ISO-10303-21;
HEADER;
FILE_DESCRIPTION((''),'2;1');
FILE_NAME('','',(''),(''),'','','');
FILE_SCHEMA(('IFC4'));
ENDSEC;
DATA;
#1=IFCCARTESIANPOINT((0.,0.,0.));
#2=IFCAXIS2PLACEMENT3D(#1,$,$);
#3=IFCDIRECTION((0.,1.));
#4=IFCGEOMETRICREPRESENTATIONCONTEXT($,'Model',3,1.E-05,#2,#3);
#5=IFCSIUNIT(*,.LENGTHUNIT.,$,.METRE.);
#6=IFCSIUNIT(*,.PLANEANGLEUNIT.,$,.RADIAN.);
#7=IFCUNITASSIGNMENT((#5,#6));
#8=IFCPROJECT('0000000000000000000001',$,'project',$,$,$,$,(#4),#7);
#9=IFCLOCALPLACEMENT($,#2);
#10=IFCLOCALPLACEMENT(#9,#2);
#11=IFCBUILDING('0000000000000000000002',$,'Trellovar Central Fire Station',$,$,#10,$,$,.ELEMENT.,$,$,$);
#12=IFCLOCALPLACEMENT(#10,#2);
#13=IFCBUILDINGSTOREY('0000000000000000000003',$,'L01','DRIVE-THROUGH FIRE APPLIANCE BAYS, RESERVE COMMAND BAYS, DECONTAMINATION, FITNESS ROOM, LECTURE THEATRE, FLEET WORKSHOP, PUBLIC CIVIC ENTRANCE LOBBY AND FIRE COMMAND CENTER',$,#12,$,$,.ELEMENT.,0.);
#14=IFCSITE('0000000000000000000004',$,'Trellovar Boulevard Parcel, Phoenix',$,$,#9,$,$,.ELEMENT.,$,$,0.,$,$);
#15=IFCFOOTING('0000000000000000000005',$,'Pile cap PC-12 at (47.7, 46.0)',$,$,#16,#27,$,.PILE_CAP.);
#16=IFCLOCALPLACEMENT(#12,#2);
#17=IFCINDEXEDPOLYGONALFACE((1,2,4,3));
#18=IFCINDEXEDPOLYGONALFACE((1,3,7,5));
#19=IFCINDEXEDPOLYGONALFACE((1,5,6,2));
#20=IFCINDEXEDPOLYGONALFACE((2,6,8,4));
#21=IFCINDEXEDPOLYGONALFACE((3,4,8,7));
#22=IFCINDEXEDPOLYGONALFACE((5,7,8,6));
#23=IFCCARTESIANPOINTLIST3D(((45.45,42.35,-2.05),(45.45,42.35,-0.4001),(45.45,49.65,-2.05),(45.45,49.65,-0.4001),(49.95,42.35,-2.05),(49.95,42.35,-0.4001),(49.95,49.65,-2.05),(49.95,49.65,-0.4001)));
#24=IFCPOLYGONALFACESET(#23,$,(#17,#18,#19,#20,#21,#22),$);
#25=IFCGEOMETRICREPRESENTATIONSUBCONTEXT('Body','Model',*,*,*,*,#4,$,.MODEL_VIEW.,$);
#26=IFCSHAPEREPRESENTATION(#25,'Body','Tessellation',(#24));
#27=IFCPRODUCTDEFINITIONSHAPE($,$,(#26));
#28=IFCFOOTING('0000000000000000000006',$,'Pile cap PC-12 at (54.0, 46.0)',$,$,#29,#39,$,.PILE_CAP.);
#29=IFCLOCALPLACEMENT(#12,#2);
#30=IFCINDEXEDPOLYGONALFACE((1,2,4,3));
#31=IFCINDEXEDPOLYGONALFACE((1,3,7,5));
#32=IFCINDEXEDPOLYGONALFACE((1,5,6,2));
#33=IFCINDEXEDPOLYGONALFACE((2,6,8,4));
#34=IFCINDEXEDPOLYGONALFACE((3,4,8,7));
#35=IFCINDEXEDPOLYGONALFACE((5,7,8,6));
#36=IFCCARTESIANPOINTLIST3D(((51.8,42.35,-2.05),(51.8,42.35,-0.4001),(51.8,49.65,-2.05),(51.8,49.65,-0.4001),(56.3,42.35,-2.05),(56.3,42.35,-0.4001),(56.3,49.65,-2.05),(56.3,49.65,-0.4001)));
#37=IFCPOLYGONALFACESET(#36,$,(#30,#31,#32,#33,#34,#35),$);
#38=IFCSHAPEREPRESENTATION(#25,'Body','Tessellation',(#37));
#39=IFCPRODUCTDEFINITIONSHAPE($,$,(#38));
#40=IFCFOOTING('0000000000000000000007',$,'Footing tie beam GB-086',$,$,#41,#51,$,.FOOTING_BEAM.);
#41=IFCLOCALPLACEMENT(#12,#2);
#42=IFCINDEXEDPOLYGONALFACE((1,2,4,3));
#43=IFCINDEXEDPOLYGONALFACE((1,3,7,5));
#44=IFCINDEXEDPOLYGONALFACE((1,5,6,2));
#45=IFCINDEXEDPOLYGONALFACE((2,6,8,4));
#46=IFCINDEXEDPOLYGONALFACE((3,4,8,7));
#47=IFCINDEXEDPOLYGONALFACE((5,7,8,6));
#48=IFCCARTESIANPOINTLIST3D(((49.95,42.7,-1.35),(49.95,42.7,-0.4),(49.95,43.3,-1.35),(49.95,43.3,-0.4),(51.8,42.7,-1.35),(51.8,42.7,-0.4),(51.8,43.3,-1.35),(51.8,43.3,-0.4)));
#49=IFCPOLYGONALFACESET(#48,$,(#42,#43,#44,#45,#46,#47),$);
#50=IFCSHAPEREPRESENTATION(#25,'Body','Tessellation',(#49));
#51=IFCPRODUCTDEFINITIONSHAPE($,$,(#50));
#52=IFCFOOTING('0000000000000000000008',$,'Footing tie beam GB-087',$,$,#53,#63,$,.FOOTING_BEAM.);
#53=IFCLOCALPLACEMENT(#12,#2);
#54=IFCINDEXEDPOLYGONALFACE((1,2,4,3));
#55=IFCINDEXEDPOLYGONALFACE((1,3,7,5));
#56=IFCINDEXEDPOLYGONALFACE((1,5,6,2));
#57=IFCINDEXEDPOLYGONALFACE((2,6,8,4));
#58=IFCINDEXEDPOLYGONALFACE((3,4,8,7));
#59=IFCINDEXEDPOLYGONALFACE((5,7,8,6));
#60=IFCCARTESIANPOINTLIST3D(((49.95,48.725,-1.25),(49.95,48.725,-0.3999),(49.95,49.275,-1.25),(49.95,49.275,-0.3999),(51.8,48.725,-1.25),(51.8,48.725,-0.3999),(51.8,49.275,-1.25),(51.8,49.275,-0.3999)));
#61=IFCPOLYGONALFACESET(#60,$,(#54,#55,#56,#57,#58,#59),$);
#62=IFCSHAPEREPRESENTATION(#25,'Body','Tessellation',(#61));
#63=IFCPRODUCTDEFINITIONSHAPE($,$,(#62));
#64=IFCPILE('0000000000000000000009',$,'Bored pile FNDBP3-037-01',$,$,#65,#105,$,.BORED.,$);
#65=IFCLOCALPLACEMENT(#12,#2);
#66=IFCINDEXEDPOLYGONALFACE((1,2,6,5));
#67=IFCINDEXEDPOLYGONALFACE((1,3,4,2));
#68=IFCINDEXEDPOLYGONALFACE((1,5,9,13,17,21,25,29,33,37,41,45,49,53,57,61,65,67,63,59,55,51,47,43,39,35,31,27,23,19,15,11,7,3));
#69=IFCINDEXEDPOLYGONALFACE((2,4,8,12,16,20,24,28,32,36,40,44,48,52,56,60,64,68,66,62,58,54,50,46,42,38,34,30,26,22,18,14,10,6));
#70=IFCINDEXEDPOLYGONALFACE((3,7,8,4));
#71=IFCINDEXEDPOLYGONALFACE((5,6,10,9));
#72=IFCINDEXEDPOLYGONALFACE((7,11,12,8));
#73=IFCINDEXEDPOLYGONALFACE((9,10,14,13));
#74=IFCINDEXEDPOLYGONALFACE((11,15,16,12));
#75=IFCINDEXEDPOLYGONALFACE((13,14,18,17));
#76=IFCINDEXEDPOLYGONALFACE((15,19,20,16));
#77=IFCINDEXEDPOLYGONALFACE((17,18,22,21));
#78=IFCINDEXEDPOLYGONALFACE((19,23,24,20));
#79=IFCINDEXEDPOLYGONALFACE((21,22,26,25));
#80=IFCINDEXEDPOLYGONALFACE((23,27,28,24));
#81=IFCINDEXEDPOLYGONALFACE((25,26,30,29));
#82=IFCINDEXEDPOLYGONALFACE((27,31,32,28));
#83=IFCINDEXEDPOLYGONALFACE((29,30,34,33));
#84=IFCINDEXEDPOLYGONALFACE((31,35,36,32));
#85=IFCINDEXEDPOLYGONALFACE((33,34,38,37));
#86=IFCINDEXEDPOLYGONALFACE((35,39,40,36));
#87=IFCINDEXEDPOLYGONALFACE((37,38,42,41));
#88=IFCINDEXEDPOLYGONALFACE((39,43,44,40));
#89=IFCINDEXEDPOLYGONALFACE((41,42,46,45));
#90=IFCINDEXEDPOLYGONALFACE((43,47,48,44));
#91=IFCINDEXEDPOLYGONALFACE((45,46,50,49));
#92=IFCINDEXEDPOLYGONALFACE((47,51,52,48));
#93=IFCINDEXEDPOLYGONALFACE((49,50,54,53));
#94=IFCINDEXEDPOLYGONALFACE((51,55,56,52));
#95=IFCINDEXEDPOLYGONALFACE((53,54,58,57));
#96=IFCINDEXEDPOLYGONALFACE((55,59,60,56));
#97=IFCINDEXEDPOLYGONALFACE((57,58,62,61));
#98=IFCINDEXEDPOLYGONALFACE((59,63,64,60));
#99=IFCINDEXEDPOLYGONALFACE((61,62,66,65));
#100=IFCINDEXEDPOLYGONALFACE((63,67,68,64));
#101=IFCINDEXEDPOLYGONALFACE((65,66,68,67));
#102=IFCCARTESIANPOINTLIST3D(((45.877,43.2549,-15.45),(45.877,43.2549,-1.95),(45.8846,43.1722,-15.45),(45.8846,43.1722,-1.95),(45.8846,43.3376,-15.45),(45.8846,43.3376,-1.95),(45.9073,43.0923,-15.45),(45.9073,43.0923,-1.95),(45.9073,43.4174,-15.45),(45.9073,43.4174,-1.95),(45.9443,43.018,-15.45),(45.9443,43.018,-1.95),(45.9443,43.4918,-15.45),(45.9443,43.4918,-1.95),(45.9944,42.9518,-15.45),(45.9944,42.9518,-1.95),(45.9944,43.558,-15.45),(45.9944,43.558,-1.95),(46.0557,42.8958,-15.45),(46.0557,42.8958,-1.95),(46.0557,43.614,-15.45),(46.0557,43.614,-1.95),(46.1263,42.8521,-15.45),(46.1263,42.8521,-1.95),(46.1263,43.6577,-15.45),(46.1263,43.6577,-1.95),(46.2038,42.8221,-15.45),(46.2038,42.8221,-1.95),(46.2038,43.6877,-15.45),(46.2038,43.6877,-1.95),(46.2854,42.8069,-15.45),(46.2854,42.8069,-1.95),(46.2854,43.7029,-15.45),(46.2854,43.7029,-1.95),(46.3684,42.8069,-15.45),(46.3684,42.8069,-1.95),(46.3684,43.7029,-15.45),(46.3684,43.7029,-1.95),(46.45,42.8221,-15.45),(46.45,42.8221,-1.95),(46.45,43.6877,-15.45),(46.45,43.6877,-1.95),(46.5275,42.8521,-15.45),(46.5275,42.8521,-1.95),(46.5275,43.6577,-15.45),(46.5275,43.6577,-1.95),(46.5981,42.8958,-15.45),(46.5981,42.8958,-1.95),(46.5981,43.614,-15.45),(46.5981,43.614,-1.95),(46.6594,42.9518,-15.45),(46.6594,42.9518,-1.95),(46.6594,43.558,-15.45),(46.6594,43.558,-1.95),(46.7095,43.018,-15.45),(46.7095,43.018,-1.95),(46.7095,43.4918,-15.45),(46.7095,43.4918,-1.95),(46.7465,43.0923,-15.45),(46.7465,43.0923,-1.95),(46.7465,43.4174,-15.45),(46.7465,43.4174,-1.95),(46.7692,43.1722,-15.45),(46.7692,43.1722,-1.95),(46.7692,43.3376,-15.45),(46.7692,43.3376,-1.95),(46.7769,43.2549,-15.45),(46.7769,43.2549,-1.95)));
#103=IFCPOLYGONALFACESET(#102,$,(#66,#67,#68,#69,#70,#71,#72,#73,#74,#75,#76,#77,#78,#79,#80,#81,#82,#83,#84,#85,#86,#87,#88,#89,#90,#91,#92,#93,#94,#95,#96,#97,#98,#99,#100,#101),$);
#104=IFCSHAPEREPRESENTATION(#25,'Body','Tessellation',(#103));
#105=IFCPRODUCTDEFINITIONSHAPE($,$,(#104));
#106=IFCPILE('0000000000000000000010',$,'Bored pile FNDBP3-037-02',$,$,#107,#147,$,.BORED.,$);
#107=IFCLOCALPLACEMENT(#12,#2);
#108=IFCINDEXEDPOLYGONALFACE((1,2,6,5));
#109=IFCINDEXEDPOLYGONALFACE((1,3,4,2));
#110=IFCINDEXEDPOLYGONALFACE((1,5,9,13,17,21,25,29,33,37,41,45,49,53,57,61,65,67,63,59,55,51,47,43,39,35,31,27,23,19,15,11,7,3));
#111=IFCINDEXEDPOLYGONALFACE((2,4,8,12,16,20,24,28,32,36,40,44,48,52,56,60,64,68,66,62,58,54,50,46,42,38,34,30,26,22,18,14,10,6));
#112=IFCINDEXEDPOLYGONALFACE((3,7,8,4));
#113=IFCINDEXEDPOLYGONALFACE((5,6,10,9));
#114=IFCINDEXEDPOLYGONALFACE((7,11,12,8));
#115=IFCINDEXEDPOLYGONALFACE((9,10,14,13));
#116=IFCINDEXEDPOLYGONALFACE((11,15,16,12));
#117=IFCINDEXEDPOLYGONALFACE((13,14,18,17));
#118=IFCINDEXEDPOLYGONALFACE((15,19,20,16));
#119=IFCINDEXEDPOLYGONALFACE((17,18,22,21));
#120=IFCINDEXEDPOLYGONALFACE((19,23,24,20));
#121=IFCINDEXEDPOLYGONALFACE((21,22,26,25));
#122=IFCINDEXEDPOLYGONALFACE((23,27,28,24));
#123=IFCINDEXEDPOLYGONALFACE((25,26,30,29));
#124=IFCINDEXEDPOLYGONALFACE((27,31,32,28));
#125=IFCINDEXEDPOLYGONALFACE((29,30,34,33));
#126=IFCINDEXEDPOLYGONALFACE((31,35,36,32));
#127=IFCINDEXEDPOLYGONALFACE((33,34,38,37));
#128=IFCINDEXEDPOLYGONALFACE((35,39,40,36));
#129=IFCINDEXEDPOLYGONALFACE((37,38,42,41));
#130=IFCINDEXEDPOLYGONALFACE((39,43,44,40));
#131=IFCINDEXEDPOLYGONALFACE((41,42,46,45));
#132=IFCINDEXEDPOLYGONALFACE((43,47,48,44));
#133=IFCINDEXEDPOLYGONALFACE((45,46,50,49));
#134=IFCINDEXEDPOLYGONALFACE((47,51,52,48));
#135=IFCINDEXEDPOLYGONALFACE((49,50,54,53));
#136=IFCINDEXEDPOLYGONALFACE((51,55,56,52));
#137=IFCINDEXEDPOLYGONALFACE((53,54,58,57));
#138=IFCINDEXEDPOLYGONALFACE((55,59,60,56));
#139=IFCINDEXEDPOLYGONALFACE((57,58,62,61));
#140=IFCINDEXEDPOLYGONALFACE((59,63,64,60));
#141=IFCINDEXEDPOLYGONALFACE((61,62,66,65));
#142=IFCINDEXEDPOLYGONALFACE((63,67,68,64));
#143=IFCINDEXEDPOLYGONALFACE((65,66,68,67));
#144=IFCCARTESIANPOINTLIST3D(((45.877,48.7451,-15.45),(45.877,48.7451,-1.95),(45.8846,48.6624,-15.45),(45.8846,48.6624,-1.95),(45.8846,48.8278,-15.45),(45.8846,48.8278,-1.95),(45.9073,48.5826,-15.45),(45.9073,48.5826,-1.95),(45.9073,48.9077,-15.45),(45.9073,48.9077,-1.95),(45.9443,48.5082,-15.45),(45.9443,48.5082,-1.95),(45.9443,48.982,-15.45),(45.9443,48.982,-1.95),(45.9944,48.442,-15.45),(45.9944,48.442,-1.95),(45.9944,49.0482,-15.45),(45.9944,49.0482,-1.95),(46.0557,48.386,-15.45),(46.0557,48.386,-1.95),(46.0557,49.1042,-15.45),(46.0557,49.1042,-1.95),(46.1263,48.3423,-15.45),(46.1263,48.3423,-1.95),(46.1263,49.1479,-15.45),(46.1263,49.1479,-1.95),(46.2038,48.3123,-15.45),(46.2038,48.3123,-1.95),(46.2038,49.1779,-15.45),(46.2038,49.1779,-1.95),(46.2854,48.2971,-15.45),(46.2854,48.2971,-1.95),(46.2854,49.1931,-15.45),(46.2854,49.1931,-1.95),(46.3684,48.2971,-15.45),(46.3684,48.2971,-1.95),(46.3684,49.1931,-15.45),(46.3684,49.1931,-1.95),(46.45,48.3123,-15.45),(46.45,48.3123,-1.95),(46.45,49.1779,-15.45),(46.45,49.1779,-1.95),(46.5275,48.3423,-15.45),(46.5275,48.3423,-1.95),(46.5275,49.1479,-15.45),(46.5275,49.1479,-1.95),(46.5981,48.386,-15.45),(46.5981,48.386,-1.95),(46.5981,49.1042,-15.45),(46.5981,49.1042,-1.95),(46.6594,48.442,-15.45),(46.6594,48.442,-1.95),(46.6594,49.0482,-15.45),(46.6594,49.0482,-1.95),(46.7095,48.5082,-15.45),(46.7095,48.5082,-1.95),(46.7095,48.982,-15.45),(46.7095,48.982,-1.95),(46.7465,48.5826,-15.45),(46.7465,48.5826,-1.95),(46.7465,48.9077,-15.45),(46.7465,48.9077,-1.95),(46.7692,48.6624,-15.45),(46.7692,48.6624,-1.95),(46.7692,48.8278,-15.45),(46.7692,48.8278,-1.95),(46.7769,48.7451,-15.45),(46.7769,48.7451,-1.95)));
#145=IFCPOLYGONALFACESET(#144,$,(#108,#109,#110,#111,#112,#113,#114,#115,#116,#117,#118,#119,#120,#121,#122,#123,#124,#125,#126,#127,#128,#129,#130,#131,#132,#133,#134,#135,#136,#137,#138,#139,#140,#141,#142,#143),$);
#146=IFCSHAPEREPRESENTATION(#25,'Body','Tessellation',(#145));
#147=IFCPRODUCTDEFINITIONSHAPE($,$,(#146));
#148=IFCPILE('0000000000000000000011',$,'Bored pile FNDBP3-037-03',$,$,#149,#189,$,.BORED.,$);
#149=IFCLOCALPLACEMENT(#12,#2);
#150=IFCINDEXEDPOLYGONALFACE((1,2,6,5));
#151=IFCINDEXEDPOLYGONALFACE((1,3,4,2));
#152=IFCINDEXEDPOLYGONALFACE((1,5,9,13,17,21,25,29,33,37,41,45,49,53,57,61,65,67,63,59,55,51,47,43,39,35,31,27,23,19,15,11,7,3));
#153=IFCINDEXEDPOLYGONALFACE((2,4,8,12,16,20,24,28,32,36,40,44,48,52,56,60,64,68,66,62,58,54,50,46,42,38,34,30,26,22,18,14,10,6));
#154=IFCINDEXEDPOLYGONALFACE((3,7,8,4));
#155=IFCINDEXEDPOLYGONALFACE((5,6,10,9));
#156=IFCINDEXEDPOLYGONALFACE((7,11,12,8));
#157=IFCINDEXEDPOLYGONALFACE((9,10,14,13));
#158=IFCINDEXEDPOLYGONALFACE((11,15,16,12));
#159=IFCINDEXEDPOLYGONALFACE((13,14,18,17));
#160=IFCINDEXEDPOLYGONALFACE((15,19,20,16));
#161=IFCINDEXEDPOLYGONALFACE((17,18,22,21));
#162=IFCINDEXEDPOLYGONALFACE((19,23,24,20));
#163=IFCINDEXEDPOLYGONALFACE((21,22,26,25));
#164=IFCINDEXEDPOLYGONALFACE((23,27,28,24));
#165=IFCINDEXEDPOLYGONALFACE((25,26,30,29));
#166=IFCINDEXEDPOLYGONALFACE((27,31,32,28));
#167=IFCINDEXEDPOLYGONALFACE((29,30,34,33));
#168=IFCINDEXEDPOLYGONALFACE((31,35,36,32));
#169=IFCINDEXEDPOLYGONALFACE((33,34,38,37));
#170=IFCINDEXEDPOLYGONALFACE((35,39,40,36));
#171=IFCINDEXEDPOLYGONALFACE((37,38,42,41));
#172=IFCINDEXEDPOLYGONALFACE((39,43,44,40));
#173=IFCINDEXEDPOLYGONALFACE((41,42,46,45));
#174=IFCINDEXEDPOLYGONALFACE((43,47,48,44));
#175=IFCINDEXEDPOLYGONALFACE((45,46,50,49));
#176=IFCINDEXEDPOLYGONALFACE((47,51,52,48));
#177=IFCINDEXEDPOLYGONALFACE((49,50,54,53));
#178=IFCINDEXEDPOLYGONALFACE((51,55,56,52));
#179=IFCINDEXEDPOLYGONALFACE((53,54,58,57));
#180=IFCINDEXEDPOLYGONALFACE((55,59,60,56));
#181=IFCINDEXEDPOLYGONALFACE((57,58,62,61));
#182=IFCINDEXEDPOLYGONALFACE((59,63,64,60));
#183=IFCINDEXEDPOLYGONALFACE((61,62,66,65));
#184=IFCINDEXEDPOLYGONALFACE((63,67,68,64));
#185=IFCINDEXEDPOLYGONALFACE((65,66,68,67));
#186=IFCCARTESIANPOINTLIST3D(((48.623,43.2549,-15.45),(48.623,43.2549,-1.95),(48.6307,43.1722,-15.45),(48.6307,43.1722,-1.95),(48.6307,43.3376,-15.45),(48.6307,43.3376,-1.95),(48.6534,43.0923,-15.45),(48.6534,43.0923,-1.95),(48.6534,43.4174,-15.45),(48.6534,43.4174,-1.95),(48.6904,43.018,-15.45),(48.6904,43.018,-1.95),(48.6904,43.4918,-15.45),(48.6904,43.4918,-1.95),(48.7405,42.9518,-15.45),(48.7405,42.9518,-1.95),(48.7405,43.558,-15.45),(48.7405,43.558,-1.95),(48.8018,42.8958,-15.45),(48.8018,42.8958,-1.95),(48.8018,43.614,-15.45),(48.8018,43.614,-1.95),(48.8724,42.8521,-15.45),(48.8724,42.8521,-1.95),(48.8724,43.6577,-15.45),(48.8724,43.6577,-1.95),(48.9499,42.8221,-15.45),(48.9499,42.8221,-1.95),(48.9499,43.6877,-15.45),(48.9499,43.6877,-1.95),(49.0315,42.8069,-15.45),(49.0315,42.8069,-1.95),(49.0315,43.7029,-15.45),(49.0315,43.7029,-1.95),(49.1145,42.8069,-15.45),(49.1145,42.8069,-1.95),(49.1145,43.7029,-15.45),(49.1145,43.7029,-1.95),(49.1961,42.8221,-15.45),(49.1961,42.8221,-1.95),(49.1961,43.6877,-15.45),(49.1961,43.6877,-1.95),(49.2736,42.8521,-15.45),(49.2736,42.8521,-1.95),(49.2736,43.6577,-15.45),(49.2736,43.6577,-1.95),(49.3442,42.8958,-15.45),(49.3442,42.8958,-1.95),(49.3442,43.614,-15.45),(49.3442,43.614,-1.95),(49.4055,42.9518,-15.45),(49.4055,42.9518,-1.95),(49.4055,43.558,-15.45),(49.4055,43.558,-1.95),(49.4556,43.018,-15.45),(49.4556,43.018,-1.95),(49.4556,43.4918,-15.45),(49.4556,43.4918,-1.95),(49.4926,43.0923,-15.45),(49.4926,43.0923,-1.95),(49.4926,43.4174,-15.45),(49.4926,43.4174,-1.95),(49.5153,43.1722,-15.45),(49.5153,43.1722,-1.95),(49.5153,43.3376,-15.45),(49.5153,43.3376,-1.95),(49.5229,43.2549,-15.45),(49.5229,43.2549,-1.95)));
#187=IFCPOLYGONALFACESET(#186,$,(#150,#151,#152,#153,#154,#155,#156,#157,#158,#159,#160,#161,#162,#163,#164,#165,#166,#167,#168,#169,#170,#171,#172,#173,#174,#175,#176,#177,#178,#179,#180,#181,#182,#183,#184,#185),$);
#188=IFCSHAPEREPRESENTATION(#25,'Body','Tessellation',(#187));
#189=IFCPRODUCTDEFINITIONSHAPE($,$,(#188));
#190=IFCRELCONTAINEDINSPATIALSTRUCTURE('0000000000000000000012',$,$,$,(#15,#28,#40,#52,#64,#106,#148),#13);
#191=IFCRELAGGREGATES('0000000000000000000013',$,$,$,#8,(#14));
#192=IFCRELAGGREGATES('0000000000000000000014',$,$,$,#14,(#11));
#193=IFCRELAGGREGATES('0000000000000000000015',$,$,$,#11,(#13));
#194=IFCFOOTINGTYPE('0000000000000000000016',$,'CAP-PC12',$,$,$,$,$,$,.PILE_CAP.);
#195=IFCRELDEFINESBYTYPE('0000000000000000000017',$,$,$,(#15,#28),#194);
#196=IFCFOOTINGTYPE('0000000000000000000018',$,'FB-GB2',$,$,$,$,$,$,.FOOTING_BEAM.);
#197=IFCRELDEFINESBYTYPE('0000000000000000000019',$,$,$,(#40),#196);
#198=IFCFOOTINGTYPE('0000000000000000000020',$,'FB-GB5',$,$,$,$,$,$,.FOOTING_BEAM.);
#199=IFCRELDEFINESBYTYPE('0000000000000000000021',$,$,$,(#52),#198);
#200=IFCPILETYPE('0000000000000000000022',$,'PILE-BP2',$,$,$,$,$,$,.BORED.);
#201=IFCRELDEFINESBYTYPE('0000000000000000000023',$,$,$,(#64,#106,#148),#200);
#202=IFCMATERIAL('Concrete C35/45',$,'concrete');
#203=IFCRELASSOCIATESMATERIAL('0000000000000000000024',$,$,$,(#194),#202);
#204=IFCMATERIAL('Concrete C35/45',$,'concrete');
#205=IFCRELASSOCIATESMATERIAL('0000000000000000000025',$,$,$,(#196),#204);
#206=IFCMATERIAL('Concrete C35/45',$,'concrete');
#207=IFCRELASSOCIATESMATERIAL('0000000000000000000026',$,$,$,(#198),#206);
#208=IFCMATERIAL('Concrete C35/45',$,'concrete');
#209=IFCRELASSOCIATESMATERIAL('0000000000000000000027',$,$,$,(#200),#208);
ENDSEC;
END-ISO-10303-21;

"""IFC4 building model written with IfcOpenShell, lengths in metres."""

from ifc_helpers import new_model, si_unit, direction, frame, origin, origin_2d, place, context, subcontext, project, spatial, rectangle, circle, extrude, material, material_profile, profile_set, type_object, element, save


model = new_model("IFC4")

# Units and contexts
model_context = context("Model", 3, precision=1e-05, world=origin(), true_north=direction((0.0, 1.0)))
body_context = subcontext(model_context, "Body", "Model", "MODEL_VIEW")
ifc_project = project(units=[si_unit("LENGTHUNIT", "METRE"), si_unit("PLANEANGLEUNIT", "RADIAN")], contexts=[model_context])

# Site, building, storey
site_placement = place(None, origin())
site = spatial("IfcSite", under=ifc_project, at=site_placement, Name="Trellovar Boulevard Parcel, Phoenix", CompositionType="ELEMENT", RefElevation=0.0)
building_placement = place(site_placement, origin())
building = spatial("IfcBuilding", under=site, at=building_placement, Name="Trellovar Central Fire Station", CompositionType="ELEMENT")
storey_placement = place(building_placement, origin())
storey = spatial("IfcBuildingStorey", under=building, at=storey_placement, Name="L01", Description="DRIVE-THROUGH FIRE APPLIANCE BAYS, RESERVE COMMAND BAYS, DECONTAMINATION, FITNESS ROOM, LECTURE THEATRE, FLEET WORKSHOP, PUBLIC CIVIC ENTRANCE LOBBY AND FIRE COMMAND CENTER", CompositionType="ELEMENT", Elevation=0.0)

# Footings
ifc_material_1 = material(Name="Concrete C35/45", Category="concrete")
footing_type_1 = type_object("IfcFootingType", Name="CAP-PC12", PredefinedType="PILE_CAP", material=ifc_material_1)
for number, where, z_axis, x_axis, name in (
    (1, (47.7, 46.0, -2.05), (0.0, 0.0, 1.0), (1.0, 0.0, 0.0), "Pile cap PC-12 at (47.7, 46.0)"),
    (2, (54.05, 46.0, -2.05), (0.0, 0.0, 1.0), (1.0, 0.0, 0.0), "Pile cap PC-12 at (54.0, 46.0)"),
):
    element("IfcFooting", number, at=place(storey_placement, frame(where, z_axis=z_axis, x_axis=x_axis)), inside=storey, type_object=footing_type_1, Name=name, PredefinedType="PILE_CAP", context=body_context, shape_type="SweptSolid", body=[
        extrude(rectangle(XDim=4.5, YDim=7.3, at=origin_2d()), origin(), (0.0, 0.0, 1.0), 1.6499),
    ])
ifc_material_2 = material(Name="Concrete C35/45", Category="concrete")
ifc_material_profile_1 = material_profile(ifc_material_2, rectangle(XDim=0.6001, YDim=0.95, at=origin_2d()), Name="RC600X950")
ifc_profile_set_1 = profile_set([ifc_material_profile_1], Name="Concrete C35/45")
footing_type_2 = type_object("IfcFootingType", Name="FB-GB2", PredefinedType="FOOTING_BEAM", material=ifc_profile_set_1)
footing_1_placement = place(storey_placement, frame((49.95, 43.0, -0.875), z_axis=(1.0, 0.0, 0.0), x_axis=(0.0, 1.0, 0.0)))
element("IfcFooting", 3, at=footing_1_placement, inside=storey, type_object=footing_type_2, Name="Footing tie beam GB-086", PredefinedType="FOOTING_BEAM", context=body_context, shape_type="SweptSolid", body=[
    extrude(rectangle(XDim=0.6001, YDim=0.95, at=origin_2d()), origin(), (0.0, 0.0, 1.0), 1.8501),
])
ifc_material_3 = material(Name="Concrete C35/45", Category="concrete")
ifc_material_profile_2 = material_profile(ifc_material_3, rectangle(XDim=0.55, YDim=0.8501, at=origin_2d()), Name="RC550X850")
ifc_profile_set_2 = profile_set([ifc_material_profile_2], Name="Concrete C35/45")
footing_type_3 = type_object("IfcFootingType", Name="FB-GB5", PredefinedType="FOOTING_BEAM", material=ifc_profile_set_2)
footing_2_placement = place(storey_placement, frame((49.95, 49.0, -0.825), z_axis=(1.0, 0.0, 0.0), x_axis=(0.0, 1.0, 0.0)))
element("IfcFooting", 4, at=footing_2_placement, inside=storey, type_object=footing_type_3, Name="Footing tie beam GB-087", PredefinedType="FOOTING_BEAM", context=body_context, shape_type="SweptSolid", body=[
    extrude(rectangle(XDim=0.55, YDim=0.8501, at=origin_2d()), origin(), (0.0, 0.0, 1.0), 1.8501),
])

# Piles
ifc_material_4 = material(Name="Concrete C35/45", Category="concrete")
ifc_material_profile_3 = material_profile(ifc_material_4, circle(Radius=0.45, at=origin_2d()), Name="PILE900")
ifc_profile_set_3 = profile_set([ifc_material_profile_3], Name="Concrete C35/45")
pile_type = type_object("IfcPileType", Name="PILE-BP2", PredefinedType="BORED", material=ifc_profile_set_3)
for number, where, z_axis, x_axis, name in (
    (5, (46.3269, 43.2549, -1.95), (0.0, 0.0, -1.0), (1.0, 0.0, 0.0), "Bored pile FNDBP3-037-01"),
    (6, (46.3269, 48.7451, -1.95), (0.0, 0.0, -1.0), (1.0, 0.0, 0.0), "Bored pile FNDBP3-037-02"),
    (7, (49.073, 43.2549, -1.95), (0.0, 0.0, -1.0), (1.0, 0.0, 0.0), "Bored pile FNDBP3-037-03"),
):
    element("IfcPile", number, at=place(storey_placement, frame(where, z_axis=z_axis, x_axis=x_axis)), inside=storey, type_object=pile_type, Name=name, PredefinedType="BORED", context=body_context, shape_type="SweptSolid", body=[
        extrude(circle(Radius=0.45, at=origin_2d()), origin(), (0.0, 0.0, 1.0), 13.5),
    ])

save(model, "model.ifc")
